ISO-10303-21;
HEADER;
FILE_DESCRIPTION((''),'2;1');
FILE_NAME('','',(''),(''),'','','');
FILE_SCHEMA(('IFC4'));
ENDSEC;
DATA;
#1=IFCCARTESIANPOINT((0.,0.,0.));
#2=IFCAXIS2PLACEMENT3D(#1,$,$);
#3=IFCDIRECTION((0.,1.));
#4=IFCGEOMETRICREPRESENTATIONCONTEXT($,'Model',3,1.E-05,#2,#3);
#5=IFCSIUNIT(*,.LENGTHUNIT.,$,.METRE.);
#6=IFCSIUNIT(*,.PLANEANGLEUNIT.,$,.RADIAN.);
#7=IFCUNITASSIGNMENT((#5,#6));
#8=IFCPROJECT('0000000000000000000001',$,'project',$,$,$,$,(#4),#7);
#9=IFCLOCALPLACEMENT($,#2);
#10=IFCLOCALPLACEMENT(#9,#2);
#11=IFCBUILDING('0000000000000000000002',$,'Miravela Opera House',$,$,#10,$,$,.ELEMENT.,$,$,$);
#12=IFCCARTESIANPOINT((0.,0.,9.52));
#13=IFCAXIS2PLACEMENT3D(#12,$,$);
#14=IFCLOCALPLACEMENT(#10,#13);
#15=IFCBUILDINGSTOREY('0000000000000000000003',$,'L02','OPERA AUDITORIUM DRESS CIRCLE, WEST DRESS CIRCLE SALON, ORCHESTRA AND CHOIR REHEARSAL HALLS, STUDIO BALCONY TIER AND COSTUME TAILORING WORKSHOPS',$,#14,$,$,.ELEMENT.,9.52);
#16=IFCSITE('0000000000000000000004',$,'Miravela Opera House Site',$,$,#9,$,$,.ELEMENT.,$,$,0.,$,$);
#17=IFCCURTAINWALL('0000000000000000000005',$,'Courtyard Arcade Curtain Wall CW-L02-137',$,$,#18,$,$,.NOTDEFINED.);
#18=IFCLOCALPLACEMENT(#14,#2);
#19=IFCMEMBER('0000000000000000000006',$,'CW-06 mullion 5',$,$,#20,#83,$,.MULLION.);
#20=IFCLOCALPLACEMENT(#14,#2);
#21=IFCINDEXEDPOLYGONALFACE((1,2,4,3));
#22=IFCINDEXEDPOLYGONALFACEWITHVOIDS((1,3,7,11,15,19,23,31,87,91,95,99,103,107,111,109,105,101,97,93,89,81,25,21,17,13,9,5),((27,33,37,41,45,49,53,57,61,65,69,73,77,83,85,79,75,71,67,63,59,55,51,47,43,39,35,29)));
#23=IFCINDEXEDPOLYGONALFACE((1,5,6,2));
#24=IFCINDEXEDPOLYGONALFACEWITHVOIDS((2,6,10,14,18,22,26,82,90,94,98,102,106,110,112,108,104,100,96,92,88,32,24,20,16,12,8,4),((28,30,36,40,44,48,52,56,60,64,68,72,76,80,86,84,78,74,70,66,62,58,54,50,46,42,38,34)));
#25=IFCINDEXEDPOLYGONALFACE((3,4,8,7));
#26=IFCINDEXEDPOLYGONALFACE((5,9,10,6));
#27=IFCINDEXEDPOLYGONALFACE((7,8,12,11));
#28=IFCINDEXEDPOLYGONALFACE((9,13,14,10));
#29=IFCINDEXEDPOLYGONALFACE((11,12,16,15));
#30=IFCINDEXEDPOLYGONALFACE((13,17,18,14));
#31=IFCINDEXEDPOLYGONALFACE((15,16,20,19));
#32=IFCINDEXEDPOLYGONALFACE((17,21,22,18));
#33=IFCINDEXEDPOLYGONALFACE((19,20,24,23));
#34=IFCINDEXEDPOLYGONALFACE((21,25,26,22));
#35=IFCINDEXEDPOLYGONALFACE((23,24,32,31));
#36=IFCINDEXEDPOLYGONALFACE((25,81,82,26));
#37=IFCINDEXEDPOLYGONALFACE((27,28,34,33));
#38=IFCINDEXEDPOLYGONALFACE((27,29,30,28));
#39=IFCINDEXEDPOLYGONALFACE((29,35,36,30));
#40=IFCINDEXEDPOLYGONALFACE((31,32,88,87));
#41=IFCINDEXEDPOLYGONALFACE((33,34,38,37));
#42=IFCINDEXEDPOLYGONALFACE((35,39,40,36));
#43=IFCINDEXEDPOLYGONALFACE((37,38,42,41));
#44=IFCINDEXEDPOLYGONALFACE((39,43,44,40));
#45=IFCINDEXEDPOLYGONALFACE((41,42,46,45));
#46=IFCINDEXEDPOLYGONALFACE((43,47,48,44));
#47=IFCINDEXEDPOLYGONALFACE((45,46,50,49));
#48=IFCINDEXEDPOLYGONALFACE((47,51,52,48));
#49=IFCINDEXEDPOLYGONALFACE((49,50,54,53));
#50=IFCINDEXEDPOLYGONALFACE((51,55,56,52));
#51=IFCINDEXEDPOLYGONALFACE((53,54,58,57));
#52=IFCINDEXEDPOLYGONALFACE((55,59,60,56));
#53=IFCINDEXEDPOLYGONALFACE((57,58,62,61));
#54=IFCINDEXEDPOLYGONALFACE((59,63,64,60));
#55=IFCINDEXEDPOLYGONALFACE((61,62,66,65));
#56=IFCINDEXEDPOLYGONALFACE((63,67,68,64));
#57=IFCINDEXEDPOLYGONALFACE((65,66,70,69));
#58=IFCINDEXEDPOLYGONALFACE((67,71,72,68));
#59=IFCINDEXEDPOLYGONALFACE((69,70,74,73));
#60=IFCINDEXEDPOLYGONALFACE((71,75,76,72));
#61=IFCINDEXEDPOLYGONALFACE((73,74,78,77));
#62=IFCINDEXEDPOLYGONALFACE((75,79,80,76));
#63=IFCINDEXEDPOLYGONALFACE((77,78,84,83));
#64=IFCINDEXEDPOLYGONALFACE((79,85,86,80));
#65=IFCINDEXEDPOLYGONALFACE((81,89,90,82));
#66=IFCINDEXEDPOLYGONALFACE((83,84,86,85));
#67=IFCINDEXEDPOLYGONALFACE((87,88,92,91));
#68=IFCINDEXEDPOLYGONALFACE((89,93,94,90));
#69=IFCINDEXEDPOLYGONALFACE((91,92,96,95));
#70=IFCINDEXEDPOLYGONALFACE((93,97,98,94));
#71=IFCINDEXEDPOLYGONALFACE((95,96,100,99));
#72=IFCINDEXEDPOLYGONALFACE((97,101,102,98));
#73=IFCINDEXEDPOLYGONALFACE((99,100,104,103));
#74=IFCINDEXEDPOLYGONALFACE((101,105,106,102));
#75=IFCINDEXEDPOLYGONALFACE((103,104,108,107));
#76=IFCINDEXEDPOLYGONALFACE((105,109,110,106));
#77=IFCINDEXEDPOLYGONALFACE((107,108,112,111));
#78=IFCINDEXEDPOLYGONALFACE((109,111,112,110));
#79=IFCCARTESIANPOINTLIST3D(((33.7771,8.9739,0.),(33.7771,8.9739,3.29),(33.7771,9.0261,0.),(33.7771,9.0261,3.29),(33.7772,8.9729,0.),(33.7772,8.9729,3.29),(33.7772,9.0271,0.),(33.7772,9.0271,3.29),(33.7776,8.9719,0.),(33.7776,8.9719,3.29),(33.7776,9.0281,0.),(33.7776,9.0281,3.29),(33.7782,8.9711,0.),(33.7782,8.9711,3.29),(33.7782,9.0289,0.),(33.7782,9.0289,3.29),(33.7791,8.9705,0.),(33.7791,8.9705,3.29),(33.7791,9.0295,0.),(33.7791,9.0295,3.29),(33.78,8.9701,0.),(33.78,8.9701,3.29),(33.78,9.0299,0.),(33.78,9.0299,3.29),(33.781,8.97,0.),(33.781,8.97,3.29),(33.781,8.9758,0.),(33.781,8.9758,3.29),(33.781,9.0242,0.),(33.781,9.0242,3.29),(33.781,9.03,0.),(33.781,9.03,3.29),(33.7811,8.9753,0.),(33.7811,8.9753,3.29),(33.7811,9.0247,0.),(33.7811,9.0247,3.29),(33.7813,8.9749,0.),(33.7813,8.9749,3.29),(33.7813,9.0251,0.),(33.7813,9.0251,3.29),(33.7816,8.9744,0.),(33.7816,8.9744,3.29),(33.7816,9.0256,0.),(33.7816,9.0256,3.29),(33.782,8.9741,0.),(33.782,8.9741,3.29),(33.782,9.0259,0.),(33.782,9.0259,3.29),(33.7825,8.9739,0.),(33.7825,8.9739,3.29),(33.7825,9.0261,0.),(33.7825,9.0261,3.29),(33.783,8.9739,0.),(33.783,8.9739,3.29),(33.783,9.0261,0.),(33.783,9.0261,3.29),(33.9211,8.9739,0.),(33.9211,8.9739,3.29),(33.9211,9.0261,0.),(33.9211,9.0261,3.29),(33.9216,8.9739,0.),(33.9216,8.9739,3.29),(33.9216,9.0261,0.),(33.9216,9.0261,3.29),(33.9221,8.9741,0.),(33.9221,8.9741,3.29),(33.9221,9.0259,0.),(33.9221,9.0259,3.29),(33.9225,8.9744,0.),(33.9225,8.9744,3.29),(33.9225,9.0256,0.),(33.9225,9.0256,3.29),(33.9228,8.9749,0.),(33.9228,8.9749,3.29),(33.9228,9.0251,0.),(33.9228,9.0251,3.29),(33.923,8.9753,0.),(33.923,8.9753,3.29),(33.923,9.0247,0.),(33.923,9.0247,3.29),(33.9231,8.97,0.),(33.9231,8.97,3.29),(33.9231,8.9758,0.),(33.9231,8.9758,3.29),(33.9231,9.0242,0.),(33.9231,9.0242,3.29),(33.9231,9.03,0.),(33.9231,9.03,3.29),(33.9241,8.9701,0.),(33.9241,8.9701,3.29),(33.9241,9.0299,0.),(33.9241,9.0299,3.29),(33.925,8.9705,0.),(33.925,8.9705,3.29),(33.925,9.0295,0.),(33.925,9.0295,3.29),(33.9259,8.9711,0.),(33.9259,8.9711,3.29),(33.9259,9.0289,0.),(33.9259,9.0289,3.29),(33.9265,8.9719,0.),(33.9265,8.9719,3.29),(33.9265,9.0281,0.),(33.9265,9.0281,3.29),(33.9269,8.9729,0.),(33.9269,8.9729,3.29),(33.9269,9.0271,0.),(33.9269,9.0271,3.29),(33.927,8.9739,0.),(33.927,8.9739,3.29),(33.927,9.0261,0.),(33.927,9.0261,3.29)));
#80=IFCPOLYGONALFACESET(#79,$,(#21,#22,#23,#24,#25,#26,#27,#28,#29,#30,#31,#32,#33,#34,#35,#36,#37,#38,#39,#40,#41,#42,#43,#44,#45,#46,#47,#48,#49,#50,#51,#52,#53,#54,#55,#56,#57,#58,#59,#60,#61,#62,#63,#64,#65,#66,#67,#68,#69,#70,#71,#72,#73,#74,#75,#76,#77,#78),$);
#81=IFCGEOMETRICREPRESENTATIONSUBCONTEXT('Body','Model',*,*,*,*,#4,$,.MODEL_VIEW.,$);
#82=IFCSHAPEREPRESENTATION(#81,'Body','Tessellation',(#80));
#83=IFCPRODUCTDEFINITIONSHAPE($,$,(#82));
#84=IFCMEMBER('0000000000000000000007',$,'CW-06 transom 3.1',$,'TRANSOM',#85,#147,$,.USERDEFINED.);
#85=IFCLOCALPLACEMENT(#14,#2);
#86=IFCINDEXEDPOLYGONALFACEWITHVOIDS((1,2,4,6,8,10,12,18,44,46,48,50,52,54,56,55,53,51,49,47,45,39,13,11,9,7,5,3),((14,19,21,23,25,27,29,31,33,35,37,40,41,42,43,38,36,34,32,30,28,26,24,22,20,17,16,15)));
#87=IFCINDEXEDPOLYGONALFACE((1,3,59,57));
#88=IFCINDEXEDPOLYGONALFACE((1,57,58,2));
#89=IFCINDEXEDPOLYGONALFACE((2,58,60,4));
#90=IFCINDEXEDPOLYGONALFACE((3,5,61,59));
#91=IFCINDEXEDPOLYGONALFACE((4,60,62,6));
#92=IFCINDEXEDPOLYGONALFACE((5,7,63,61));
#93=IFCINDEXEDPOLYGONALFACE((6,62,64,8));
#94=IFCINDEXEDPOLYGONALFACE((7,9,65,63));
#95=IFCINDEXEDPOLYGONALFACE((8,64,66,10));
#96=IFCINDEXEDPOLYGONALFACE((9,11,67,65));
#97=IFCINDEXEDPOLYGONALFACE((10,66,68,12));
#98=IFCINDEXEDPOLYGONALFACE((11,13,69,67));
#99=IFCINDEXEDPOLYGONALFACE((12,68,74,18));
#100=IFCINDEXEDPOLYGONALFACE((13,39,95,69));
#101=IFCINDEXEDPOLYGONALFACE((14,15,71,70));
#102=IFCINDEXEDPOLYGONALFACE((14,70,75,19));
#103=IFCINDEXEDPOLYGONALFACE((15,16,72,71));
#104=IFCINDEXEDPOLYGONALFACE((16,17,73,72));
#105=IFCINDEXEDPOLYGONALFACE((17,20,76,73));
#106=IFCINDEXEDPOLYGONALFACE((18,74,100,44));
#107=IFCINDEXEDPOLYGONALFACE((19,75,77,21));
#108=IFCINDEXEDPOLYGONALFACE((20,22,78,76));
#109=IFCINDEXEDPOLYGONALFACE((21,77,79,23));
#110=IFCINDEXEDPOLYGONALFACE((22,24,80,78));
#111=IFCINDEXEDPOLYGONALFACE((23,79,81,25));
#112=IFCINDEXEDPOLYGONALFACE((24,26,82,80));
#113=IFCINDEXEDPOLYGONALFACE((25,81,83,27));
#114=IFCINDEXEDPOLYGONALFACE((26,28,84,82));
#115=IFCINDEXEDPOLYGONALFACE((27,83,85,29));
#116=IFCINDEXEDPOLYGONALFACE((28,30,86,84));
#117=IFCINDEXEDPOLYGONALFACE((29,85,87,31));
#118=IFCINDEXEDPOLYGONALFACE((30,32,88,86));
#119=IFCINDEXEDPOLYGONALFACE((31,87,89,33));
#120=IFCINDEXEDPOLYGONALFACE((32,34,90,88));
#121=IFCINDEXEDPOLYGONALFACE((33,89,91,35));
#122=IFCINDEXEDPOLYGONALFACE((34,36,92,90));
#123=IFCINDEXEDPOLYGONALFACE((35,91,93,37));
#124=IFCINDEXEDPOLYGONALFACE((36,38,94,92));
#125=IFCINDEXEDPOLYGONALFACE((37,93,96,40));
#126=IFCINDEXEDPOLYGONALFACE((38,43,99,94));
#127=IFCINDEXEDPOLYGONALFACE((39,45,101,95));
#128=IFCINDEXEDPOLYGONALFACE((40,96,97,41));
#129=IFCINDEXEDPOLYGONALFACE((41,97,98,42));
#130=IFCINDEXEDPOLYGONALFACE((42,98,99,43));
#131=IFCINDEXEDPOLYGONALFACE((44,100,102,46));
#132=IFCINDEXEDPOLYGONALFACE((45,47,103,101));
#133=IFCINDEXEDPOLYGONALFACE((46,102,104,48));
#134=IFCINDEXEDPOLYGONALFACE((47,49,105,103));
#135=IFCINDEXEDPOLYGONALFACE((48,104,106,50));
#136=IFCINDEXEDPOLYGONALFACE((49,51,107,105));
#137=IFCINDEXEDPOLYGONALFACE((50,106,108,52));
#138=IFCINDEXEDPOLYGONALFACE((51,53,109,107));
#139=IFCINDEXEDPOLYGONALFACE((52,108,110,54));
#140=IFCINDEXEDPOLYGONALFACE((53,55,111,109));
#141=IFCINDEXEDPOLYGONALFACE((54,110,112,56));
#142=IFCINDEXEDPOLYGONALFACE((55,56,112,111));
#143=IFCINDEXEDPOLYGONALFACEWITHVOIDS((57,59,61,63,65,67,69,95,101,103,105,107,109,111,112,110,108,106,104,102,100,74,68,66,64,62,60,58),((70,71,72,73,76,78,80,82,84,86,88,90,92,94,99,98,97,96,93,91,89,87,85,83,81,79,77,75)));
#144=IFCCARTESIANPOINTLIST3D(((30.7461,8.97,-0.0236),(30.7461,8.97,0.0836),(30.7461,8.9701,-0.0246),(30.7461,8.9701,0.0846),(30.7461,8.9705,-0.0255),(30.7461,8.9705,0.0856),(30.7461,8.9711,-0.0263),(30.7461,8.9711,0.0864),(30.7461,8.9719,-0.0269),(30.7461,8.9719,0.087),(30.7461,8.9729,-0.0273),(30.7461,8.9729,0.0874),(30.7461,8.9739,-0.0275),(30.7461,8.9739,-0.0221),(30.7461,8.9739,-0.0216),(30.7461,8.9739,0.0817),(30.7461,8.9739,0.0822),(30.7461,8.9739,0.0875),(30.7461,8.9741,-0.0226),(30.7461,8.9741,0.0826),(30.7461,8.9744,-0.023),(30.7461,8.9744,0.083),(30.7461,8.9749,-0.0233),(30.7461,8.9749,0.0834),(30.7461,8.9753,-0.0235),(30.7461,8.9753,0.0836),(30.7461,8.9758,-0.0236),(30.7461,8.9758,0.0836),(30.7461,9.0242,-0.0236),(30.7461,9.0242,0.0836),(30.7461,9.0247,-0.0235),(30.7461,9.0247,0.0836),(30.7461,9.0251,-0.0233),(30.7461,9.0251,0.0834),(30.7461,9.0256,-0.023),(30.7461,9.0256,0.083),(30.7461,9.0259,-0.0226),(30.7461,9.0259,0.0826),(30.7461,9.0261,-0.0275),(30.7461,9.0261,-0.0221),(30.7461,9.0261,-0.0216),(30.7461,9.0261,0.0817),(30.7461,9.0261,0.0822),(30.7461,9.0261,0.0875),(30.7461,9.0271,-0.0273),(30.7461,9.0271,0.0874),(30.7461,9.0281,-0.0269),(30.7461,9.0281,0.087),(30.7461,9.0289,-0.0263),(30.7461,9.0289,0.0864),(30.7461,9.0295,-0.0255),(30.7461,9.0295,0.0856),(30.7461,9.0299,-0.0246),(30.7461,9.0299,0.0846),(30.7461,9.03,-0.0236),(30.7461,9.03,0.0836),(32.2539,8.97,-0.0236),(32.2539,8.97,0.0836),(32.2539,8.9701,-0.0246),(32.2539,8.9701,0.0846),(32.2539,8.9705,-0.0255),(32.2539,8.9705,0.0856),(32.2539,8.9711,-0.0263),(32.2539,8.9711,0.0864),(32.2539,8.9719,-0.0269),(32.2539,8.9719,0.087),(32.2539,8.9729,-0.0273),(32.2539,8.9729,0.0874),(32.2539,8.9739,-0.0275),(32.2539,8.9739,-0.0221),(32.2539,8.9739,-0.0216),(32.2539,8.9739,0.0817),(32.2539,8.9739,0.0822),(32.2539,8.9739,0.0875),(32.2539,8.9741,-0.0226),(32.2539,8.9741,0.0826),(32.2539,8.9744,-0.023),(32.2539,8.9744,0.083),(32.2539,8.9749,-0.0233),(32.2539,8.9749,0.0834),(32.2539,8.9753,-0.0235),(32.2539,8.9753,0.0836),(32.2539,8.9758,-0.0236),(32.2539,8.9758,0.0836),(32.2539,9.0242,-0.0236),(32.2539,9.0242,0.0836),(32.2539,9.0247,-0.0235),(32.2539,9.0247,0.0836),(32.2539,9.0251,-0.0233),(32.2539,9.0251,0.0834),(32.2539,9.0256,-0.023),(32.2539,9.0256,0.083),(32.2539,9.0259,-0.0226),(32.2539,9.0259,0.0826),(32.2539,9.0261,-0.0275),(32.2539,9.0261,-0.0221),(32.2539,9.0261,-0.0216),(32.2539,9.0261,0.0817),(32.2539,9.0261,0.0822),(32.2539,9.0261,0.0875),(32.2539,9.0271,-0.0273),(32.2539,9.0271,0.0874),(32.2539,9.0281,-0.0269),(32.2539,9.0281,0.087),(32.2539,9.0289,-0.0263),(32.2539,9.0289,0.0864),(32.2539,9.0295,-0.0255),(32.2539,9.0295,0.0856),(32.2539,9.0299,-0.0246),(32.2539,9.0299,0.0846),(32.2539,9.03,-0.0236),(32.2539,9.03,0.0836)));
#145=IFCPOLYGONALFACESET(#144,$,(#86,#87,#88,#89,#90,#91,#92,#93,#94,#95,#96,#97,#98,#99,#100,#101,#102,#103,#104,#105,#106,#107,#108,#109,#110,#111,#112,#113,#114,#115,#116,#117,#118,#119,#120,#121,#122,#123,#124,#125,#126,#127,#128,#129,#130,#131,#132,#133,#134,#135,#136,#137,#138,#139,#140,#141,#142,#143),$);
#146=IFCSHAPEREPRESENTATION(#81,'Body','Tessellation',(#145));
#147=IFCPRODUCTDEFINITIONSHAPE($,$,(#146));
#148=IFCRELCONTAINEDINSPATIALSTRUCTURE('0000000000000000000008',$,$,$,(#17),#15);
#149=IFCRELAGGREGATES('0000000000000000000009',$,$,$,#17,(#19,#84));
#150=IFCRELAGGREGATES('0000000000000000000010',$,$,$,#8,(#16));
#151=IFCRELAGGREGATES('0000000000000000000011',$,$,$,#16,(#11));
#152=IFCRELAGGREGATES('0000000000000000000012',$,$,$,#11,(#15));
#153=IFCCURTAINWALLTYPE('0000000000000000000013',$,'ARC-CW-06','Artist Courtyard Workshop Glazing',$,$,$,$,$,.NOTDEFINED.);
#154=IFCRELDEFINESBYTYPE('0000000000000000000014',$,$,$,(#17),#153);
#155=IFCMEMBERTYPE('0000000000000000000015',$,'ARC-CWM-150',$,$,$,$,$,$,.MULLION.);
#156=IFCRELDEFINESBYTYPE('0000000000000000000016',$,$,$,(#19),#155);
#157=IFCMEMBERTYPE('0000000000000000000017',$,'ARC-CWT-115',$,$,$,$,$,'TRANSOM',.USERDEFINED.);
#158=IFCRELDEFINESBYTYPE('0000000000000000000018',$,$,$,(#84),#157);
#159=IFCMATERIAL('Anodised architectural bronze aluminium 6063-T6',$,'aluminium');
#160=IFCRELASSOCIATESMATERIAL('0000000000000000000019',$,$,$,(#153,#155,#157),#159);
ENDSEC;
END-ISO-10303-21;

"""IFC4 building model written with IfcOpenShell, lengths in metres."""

from ifc_helpers import new_model, si_unit, direction, frame, origin, origin_2d, place, context, subcontext, project, spatial, hollow_rectangle, extrude, material, material_profile, profile_set, type_object, element, aggregate, save


model = new_model("IFC4")

# Units and contexts
model_context = context("Model", 3, precision=1e-05, world=origin(), true_north=direction((0.0, 1.0)))
body_context = subcontext(model_context, "Body", "Model", "MODEL_VIEW")
ifc_project = project(units=[si_unit("LENGTHUNIT", "METRE"), si_unit("PLANEANGLEUNIT", "RADIAN")], contexts=[model_context])

# Site, building, storey
site_placement = place(None, origin())
site = spatial("IfcSite", under=ifc_project, at=site_placement, Name="Miravela Opera House Site", CompositionType="ELEMENT", RefElevation=0.0)
building_placement = place(site_placement, origin())
building = spatial("IfcBuilding", under=site, at=building_placement, Name="Miravela Opera House", CompositionType="ELEMENT")
storey_placement = place(building_placement, frame((0.0, 0.0, 9.52)))
storey = spatial("IfcBuildingStorey", under=building, at=storey_placement, Name="L02", Description="OPERA AUDITORIUM DRESS CIRCLE, WEST DRESS CIRCLE SALON, ORCHESTRA AND CHOIR REHEARSAL HALLS, STUDIO BALCONY TIER AND COSTUME TAILORING WORKSHOPS", CompositionType="ELEMENT", Elevation=9.52)

# Curtain wall, members
ifc_material_1 = material(Name="Anodised architectural bronze aluminium 6063-T6", Category="aluminium")
curtain_wall_type = type_object("IfcCurtainWallType", Name="ARC-CW-06", Description="Artist Courtyard Workshop Glazing", PredefinedType="NOTDEFINED", material=ifc_material_1)
curtain_wall_placement = place(storey_placement, origin())
curtain_wall = element("IfcCurtainWall", 1, at=curtain_wall_placement, inside=storey, type_object=curtain_wall_type, Name="Courtyard Arcade Curtain Wall CW-L02-137", PredefinedType="NOTDEFINED")
ifc_material_profile_1 = material_profile(ifc_material_1, hollow_rectangle(XDim=0.0601, YDim=0.1499, WallThickness=0.0039, InnerFilletRadius=0.002, OuterFilletRadius=0.0039, at=origin_2d()), Name="CWM-60X150")
ifc_profile_set_1 = profile_set([ifc_material_profile_1])
member_type_1 = type_object("IfcMemberType", Name="ARC-CWM-150", PredefinedType="MULLION", material=ifc_profile_set_1)
member_1_placement = place(storey_placement, frame((33.8521, 9.0, 0.0), z_axis=(0.0, 0.0, 1.0), x_axis=(0.0, 1.0, 0.0)))
member_1 = element("IfcMember", 2, at=member_1_placement, type_object=member_type_1, Name="CW-06 mullion 5", PredefinedType="MULLION", context=body_context, shape_type="SweptSolid", body=[
    extrude(hollow_rectangle(XDim=0.0601, YDim=0.1499, WallThickness=0.0039, InnerFilletRadius=0.002, OuterFilletRadius=0.0039, at=origin_2d()), origin(), (0.0, 0.0, 1.0), 3.29),
])
ifc_material_profile_2 = material_profile(ifc_material_1, hollow_rectangle(XDim=0.0601, YDim=0.115, WallThickness=0.0039, InnerFilletRadius=0.002, OuterFilletRadius=0.0039, at=origin_2d()), Name="CWT-60X115")
ifc_profile_set_2 = profile_set([ifc_material_profile_2])
member_type_2 = type_object("IfcMemberType", Name="ARC-CWT-115", ElementType="TRANSOM", PredefinedType="USERDEFINED", material=ifc_profile_set_2)
member_2_placement = place(storey_placement, frame((30.7461, 9.0, 0.03), z_axis=(1.0, 0.0, 0.0), x_axis=(0.0, 1.0, 0.0)))
member_2 = element("IfcMember", 3, at=member_2_placement, type_object=member_type_2, Name="CW-06 transom 3.1", ObjectType="TRANSOM", PredefinedType="USERDEFINED", context=body_context, shape_type="SweptSolid", body=[
    extrude(hollow_rectangle(XDim=0.0601, YDim=0.115, WallThickness=0.0039, InnerFilletRadius=0.002, OuterFilletRadius=0.0039, at=origin_2d()), origin(), (0.0, 0.0, 1.0), 1.5078),
])
aggregate(curtain_wall, [member_1, member_2])

save(model, "model.ifc")
